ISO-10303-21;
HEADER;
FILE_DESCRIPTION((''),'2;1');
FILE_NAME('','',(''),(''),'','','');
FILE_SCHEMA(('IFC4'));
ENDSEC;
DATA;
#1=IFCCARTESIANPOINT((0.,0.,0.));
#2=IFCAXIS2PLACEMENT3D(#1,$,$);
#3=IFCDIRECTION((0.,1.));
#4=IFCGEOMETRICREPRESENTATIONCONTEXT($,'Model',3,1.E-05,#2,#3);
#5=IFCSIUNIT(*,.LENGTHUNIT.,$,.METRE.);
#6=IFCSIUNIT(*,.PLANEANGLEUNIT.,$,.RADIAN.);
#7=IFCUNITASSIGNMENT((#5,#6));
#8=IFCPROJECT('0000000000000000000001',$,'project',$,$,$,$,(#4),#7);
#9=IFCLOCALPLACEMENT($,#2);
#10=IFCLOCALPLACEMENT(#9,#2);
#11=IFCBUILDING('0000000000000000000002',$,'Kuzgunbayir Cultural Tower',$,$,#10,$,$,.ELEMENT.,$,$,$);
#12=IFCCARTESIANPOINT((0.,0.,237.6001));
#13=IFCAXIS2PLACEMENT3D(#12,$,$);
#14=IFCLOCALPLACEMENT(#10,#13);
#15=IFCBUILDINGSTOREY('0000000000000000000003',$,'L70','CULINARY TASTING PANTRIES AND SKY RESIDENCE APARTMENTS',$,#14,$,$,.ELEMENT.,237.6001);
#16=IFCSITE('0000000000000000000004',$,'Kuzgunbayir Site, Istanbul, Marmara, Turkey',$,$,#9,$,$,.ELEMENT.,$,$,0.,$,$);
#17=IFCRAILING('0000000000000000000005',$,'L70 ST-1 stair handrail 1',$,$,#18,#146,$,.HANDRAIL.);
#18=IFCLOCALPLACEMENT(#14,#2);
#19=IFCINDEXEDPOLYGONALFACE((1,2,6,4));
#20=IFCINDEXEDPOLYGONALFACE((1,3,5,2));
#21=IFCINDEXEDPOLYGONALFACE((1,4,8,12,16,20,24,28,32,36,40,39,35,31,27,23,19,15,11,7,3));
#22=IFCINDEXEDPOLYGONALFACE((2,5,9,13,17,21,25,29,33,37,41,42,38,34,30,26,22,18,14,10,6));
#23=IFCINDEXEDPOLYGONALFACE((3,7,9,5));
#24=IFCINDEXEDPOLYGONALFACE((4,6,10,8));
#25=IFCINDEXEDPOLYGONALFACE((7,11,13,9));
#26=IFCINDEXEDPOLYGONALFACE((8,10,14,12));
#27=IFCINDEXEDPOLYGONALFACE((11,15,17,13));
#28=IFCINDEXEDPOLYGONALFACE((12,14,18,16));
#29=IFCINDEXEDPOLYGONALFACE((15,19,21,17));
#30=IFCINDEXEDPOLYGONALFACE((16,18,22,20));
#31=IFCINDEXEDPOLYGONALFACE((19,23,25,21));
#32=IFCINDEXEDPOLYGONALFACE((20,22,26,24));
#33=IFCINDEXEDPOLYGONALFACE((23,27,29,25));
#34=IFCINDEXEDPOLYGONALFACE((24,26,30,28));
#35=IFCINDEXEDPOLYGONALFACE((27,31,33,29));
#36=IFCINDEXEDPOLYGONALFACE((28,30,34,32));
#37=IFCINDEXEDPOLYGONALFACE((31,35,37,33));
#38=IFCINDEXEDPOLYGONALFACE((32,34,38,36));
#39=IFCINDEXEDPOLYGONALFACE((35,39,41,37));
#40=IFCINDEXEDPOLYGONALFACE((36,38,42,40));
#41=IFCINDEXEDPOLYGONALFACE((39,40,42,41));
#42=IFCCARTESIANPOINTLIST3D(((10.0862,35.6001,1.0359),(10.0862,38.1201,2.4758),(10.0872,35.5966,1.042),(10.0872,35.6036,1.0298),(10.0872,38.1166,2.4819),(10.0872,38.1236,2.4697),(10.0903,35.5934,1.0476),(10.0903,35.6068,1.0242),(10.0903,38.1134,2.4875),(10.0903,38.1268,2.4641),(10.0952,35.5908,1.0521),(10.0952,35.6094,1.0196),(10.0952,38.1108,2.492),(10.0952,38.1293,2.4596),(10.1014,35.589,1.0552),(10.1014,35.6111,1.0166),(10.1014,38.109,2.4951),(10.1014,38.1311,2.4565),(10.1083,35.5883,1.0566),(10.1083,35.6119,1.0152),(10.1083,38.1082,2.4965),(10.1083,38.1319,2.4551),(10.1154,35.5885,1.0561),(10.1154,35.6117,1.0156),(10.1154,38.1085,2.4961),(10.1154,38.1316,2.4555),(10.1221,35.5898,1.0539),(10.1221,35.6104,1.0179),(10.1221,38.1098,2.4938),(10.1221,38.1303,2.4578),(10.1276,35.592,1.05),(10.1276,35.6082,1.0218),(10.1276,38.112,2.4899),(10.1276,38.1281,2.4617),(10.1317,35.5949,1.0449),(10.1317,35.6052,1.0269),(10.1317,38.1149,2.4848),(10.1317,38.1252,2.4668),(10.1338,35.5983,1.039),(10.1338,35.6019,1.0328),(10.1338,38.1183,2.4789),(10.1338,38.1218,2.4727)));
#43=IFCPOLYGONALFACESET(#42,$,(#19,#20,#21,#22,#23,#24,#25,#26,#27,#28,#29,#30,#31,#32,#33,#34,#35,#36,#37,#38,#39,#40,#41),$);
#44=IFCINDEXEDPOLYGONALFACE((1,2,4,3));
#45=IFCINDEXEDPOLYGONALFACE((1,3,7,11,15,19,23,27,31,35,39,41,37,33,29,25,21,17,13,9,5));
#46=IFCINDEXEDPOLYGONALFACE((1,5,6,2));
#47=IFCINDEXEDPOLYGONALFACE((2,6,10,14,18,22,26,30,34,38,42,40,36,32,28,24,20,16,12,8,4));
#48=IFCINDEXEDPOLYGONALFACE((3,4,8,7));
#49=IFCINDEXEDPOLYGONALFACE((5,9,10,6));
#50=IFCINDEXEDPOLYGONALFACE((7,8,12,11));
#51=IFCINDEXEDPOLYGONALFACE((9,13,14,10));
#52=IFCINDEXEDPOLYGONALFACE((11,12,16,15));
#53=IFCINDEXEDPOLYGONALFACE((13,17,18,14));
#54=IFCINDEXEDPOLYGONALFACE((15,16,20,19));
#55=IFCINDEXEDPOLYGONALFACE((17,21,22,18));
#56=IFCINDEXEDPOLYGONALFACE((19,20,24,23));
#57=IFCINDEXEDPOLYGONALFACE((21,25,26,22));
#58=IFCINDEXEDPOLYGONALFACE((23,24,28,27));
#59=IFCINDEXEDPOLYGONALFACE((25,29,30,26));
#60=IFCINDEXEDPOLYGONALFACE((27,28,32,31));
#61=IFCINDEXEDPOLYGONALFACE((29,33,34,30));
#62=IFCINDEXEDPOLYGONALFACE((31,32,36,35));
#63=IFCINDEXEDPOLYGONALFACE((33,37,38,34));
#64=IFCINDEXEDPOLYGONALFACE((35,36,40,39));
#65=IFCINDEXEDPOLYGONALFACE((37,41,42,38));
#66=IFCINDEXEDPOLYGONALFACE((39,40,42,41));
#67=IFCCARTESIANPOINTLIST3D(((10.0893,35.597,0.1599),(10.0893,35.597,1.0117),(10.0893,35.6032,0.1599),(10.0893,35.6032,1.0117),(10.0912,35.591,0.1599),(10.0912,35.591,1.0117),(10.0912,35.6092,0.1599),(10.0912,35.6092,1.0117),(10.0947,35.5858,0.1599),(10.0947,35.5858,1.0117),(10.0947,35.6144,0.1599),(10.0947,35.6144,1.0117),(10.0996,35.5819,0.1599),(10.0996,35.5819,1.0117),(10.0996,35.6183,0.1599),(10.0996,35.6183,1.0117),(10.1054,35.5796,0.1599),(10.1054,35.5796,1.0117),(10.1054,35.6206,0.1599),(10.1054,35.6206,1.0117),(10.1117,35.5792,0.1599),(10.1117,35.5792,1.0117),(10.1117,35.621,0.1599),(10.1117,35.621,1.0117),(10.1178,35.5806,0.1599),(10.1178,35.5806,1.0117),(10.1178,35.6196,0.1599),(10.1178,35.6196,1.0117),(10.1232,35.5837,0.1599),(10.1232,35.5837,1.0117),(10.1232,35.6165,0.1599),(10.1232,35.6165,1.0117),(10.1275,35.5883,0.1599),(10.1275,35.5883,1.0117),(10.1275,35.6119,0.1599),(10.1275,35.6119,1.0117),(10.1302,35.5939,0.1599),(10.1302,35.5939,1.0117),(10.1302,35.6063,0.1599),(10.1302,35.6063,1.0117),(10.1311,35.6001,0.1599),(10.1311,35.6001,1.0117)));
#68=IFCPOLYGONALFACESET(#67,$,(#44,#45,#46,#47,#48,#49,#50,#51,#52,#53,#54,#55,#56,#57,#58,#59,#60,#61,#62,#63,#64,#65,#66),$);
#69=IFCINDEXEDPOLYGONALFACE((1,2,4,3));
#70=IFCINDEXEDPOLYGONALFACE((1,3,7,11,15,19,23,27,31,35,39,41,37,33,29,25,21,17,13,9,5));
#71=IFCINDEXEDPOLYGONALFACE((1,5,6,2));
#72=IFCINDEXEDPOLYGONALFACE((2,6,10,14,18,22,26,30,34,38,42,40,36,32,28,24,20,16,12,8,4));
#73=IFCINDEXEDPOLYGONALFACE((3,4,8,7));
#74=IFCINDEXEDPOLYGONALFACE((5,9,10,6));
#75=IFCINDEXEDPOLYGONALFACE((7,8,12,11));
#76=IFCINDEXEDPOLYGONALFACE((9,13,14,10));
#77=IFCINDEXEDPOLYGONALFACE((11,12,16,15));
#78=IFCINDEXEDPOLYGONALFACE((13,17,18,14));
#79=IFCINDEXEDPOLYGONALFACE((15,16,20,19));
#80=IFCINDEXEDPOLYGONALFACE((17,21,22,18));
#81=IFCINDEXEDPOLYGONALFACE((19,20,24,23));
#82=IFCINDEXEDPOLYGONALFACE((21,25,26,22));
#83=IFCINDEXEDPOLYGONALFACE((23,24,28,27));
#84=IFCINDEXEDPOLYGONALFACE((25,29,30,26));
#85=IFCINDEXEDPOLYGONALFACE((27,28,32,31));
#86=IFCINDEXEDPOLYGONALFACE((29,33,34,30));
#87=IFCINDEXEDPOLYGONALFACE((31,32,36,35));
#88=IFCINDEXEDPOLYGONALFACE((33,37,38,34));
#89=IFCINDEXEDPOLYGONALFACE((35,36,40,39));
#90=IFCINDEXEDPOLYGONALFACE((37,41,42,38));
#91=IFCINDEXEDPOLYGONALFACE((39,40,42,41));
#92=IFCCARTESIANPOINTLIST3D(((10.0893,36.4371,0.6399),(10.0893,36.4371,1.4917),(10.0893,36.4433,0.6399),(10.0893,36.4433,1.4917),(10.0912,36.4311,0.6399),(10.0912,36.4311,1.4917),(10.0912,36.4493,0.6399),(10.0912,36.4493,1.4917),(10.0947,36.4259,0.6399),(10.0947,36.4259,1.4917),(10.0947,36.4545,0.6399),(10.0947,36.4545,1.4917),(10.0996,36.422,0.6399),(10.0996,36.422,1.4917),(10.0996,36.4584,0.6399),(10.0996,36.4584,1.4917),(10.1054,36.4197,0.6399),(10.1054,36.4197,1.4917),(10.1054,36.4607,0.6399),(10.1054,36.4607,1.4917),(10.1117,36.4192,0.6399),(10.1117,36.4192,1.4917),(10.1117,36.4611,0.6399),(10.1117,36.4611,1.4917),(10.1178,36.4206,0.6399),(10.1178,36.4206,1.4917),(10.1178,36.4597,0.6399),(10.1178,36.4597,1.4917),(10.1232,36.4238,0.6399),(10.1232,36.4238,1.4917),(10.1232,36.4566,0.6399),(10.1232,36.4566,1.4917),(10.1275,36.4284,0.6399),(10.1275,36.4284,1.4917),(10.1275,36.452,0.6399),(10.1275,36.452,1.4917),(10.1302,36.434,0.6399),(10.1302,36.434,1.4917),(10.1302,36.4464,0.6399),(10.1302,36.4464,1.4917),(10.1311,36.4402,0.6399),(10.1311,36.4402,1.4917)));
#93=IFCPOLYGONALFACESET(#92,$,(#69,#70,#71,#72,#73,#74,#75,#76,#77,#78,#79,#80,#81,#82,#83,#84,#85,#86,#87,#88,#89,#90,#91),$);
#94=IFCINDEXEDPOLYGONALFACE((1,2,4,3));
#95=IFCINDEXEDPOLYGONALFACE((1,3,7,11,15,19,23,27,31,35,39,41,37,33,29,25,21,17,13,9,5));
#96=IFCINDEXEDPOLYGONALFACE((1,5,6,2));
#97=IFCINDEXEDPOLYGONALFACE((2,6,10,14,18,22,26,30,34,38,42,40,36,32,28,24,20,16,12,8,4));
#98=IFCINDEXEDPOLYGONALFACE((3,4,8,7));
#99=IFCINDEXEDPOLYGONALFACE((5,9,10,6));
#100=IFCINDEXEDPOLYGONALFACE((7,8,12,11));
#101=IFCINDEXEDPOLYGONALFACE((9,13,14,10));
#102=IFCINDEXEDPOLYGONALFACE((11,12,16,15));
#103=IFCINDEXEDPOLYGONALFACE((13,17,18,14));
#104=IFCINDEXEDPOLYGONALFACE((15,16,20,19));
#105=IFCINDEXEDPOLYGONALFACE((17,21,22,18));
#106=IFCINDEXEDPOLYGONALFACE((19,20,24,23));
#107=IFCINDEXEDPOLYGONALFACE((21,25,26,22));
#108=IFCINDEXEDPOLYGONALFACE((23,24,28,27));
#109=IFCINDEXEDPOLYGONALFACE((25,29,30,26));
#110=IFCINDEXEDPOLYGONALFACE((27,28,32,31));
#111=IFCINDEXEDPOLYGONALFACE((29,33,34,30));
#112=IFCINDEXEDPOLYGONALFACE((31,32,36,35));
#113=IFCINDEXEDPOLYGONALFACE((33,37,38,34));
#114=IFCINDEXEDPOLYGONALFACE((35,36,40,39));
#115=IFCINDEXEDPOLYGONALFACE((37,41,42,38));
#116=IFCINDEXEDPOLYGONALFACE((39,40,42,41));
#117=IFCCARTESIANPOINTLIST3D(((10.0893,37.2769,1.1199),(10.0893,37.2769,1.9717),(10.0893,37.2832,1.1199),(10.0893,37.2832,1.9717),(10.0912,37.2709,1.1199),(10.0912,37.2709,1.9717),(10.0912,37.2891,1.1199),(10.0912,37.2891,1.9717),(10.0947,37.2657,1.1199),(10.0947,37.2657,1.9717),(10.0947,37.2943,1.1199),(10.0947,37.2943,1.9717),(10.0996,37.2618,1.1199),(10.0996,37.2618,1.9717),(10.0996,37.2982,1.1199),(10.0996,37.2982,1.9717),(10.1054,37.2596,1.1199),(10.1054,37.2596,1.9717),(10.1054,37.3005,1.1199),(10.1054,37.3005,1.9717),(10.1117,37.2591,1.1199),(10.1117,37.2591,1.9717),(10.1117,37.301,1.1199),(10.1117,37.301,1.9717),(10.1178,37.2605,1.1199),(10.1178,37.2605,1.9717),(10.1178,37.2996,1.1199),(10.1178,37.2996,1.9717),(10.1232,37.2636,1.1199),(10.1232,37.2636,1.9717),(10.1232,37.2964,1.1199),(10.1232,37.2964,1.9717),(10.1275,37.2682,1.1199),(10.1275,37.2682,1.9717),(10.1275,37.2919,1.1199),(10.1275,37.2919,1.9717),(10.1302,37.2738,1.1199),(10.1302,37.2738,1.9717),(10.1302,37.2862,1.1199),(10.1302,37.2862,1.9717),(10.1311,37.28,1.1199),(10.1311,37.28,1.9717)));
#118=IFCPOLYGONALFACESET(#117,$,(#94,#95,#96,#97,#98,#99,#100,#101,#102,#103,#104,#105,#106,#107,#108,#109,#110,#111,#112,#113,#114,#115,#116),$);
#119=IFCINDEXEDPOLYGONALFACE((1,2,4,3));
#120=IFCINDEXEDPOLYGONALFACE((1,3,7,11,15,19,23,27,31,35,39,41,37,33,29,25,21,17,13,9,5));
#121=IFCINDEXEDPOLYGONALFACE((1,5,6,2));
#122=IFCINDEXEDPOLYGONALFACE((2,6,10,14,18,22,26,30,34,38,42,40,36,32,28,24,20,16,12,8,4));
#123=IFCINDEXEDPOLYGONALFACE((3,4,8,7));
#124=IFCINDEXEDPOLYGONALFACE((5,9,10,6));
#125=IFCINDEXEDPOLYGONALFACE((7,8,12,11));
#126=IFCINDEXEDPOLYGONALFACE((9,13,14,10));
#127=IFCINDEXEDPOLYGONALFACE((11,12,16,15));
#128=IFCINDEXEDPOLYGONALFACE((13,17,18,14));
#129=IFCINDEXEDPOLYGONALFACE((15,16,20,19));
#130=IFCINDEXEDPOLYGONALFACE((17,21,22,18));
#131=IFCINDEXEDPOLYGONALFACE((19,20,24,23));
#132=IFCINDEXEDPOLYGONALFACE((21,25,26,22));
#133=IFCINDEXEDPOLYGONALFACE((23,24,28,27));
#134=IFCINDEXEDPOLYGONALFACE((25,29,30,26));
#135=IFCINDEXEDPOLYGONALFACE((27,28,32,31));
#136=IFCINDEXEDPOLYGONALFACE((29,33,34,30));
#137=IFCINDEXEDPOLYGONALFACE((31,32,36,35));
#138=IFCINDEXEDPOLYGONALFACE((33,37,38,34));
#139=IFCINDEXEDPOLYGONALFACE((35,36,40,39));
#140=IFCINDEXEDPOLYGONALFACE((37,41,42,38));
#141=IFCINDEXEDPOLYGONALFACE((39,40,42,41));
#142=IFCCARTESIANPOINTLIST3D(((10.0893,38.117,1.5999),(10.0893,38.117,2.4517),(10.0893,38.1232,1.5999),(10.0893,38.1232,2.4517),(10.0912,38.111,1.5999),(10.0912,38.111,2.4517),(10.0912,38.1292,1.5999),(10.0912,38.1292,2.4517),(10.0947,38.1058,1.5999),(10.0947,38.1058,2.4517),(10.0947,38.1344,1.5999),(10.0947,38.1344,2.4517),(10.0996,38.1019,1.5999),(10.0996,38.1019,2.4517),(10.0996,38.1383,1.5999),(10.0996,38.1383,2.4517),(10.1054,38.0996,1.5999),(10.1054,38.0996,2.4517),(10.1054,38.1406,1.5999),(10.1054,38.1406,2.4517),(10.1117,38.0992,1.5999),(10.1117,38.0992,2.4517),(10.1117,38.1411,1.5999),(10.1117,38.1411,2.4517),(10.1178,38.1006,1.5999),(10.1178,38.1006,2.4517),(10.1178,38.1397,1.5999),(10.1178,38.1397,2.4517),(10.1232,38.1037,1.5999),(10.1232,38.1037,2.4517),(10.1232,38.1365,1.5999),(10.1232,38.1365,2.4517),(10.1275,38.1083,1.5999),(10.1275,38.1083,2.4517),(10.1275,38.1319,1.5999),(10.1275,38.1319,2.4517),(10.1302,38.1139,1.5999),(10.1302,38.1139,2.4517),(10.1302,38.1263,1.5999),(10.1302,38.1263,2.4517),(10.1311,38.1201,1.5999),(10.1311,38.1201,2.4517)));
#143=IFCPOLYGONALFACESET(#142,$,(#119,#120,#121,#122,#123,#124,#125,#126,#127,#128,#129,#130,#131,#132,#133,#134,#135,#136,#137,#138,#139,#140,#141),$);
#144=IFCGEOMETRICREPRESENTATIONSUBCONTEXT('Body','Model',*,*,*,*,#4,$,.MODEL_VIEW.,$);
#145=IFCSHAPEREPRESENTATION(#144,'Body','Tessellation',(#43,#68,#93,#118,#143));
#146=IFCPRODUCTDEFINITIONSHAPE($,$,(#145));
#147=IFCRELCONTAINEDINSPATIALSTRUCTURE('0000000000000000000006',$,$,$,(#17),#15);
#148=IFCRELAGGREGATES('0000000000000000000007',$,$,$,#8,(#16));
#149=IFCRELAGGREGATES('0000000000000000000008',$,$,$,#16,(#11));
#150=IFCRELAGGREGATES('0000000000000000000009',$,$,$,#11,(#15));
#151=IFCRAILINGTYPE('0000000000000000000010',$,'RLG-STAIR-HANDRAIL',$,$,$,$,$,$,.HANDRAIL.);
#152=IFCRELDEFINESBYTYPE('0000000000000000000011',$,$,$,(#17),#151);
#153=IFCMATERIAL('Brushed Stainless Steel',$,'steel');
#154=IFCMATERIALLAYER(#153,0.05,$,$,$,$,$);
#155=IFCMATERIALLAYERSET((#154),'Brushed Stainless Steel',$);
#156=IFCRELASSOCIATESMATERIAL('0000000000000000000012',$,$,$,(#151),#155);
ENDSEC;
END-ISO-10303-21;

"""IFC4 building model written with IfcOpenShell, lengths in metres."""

from ifc_helpers import new_model, si_unit, direction, frame, origin, origin_2d, place, context, subcontext, project, spatial, circle, extrude, material, layer, layer_set, type_object, element, save


model = new_model("IFC4")

# Units and contexts
model_context = context("Model", 3, precision=1e-05, world=origin(), true_north=direction((0.0, 1.0)))
body_context = subcontext(model_context, "Body", "Model", "MODEL_VIEW")
ifc_project = project(units=[si_unit("LENGTHUNIT", "METRE"), si_unit("PLANEANGLEUNIT", "RADIAN")], contexts=[model_context])

# Site, building, storey
site_placement = place(None, origin())
site = spatial("IfcSite", under=ifc_project, at=site_placement, Name="Kuzgunbayir Site, Istanbul, Marmara, Turkey", CompositionType="ELEMENT", RefElevation=0.0)
building_placement = place(site_placement, origin())
building = spatial("IfcBuilding", under=site, at=building_placement, Name="Kuzgunbayir Cultural Tower", CompositionType="ELEMENT")
storey_placement = place(building_placement, frame((0.0, 0.0, 237.6001)))
storey = spatial("IfcBuildingStorey", under=building, at=storey_placement, Name="L70", Description="CULINARY TASTING PANTRIES AND SKY RESIDENCE APARTMENTS", CompositionType="ELEMENT", Elevation=237.6001)

# Shared definitions
ifc_material_1 = material(Name="Brushed Stainless Steel", Category="steel")

# Railing
ifc_layer_1 = layer(ifc_material_1, 0.05)
ifc_layer_set_1 = layer_set([ifc_layer_1], Name="Brushed Stainless Steel")
railing_type_1 = type_object("IfcRailingType", Name="RLG-STAIR-HANDRAIL", PredefinedType="HANDRAIL", material=ifc_layer_set_1)
railing_1_placement = place(storey_placement, frame((10.1101, 35.6001, 0.1599)))
element("IfcRailing", 1, at=railing_1_placement, inside=storey, type_object=railing_type_1, Name="L70 ST-1 stair handrail 1", PredefinedType="HANDRAIL", context=body_context, shape_type="SweptSolid", body=[
    extrude(circle(Radius=0.0239, at=origin_2d()), frame((0.0, 0.0, 0.876), z_axis=(0.0, 0.868253, 0.496121), x_axis=(-1.0, 0.0, 0.0)), (0.0, 0.0, 1.0), 2.9023),
    extrude(circle(Radius=0.021, at=origin_2d()), origin(), (0.0, 0.0, 1.0), 0.8518),
    extrude(circle(Radius=0.021, at=origin_2d()), frame((0.0, 0.8401, 0.48)), (0.0, 0.0, 1.0), 0.8518),
    extrude(circle(Radius=0.021, at=origin_2d()), frame((0.0, 1.6799, 0.96)), (0.0, 0.0, 1.0), 0.8518),
    extrude(circle(Radius=0.021, at=origin_2d()), frame((0.0, 2.52, 1.4399)), (0.0, 0.0, 1.0), 0.8518),
])

save(model, "model.ifc")
